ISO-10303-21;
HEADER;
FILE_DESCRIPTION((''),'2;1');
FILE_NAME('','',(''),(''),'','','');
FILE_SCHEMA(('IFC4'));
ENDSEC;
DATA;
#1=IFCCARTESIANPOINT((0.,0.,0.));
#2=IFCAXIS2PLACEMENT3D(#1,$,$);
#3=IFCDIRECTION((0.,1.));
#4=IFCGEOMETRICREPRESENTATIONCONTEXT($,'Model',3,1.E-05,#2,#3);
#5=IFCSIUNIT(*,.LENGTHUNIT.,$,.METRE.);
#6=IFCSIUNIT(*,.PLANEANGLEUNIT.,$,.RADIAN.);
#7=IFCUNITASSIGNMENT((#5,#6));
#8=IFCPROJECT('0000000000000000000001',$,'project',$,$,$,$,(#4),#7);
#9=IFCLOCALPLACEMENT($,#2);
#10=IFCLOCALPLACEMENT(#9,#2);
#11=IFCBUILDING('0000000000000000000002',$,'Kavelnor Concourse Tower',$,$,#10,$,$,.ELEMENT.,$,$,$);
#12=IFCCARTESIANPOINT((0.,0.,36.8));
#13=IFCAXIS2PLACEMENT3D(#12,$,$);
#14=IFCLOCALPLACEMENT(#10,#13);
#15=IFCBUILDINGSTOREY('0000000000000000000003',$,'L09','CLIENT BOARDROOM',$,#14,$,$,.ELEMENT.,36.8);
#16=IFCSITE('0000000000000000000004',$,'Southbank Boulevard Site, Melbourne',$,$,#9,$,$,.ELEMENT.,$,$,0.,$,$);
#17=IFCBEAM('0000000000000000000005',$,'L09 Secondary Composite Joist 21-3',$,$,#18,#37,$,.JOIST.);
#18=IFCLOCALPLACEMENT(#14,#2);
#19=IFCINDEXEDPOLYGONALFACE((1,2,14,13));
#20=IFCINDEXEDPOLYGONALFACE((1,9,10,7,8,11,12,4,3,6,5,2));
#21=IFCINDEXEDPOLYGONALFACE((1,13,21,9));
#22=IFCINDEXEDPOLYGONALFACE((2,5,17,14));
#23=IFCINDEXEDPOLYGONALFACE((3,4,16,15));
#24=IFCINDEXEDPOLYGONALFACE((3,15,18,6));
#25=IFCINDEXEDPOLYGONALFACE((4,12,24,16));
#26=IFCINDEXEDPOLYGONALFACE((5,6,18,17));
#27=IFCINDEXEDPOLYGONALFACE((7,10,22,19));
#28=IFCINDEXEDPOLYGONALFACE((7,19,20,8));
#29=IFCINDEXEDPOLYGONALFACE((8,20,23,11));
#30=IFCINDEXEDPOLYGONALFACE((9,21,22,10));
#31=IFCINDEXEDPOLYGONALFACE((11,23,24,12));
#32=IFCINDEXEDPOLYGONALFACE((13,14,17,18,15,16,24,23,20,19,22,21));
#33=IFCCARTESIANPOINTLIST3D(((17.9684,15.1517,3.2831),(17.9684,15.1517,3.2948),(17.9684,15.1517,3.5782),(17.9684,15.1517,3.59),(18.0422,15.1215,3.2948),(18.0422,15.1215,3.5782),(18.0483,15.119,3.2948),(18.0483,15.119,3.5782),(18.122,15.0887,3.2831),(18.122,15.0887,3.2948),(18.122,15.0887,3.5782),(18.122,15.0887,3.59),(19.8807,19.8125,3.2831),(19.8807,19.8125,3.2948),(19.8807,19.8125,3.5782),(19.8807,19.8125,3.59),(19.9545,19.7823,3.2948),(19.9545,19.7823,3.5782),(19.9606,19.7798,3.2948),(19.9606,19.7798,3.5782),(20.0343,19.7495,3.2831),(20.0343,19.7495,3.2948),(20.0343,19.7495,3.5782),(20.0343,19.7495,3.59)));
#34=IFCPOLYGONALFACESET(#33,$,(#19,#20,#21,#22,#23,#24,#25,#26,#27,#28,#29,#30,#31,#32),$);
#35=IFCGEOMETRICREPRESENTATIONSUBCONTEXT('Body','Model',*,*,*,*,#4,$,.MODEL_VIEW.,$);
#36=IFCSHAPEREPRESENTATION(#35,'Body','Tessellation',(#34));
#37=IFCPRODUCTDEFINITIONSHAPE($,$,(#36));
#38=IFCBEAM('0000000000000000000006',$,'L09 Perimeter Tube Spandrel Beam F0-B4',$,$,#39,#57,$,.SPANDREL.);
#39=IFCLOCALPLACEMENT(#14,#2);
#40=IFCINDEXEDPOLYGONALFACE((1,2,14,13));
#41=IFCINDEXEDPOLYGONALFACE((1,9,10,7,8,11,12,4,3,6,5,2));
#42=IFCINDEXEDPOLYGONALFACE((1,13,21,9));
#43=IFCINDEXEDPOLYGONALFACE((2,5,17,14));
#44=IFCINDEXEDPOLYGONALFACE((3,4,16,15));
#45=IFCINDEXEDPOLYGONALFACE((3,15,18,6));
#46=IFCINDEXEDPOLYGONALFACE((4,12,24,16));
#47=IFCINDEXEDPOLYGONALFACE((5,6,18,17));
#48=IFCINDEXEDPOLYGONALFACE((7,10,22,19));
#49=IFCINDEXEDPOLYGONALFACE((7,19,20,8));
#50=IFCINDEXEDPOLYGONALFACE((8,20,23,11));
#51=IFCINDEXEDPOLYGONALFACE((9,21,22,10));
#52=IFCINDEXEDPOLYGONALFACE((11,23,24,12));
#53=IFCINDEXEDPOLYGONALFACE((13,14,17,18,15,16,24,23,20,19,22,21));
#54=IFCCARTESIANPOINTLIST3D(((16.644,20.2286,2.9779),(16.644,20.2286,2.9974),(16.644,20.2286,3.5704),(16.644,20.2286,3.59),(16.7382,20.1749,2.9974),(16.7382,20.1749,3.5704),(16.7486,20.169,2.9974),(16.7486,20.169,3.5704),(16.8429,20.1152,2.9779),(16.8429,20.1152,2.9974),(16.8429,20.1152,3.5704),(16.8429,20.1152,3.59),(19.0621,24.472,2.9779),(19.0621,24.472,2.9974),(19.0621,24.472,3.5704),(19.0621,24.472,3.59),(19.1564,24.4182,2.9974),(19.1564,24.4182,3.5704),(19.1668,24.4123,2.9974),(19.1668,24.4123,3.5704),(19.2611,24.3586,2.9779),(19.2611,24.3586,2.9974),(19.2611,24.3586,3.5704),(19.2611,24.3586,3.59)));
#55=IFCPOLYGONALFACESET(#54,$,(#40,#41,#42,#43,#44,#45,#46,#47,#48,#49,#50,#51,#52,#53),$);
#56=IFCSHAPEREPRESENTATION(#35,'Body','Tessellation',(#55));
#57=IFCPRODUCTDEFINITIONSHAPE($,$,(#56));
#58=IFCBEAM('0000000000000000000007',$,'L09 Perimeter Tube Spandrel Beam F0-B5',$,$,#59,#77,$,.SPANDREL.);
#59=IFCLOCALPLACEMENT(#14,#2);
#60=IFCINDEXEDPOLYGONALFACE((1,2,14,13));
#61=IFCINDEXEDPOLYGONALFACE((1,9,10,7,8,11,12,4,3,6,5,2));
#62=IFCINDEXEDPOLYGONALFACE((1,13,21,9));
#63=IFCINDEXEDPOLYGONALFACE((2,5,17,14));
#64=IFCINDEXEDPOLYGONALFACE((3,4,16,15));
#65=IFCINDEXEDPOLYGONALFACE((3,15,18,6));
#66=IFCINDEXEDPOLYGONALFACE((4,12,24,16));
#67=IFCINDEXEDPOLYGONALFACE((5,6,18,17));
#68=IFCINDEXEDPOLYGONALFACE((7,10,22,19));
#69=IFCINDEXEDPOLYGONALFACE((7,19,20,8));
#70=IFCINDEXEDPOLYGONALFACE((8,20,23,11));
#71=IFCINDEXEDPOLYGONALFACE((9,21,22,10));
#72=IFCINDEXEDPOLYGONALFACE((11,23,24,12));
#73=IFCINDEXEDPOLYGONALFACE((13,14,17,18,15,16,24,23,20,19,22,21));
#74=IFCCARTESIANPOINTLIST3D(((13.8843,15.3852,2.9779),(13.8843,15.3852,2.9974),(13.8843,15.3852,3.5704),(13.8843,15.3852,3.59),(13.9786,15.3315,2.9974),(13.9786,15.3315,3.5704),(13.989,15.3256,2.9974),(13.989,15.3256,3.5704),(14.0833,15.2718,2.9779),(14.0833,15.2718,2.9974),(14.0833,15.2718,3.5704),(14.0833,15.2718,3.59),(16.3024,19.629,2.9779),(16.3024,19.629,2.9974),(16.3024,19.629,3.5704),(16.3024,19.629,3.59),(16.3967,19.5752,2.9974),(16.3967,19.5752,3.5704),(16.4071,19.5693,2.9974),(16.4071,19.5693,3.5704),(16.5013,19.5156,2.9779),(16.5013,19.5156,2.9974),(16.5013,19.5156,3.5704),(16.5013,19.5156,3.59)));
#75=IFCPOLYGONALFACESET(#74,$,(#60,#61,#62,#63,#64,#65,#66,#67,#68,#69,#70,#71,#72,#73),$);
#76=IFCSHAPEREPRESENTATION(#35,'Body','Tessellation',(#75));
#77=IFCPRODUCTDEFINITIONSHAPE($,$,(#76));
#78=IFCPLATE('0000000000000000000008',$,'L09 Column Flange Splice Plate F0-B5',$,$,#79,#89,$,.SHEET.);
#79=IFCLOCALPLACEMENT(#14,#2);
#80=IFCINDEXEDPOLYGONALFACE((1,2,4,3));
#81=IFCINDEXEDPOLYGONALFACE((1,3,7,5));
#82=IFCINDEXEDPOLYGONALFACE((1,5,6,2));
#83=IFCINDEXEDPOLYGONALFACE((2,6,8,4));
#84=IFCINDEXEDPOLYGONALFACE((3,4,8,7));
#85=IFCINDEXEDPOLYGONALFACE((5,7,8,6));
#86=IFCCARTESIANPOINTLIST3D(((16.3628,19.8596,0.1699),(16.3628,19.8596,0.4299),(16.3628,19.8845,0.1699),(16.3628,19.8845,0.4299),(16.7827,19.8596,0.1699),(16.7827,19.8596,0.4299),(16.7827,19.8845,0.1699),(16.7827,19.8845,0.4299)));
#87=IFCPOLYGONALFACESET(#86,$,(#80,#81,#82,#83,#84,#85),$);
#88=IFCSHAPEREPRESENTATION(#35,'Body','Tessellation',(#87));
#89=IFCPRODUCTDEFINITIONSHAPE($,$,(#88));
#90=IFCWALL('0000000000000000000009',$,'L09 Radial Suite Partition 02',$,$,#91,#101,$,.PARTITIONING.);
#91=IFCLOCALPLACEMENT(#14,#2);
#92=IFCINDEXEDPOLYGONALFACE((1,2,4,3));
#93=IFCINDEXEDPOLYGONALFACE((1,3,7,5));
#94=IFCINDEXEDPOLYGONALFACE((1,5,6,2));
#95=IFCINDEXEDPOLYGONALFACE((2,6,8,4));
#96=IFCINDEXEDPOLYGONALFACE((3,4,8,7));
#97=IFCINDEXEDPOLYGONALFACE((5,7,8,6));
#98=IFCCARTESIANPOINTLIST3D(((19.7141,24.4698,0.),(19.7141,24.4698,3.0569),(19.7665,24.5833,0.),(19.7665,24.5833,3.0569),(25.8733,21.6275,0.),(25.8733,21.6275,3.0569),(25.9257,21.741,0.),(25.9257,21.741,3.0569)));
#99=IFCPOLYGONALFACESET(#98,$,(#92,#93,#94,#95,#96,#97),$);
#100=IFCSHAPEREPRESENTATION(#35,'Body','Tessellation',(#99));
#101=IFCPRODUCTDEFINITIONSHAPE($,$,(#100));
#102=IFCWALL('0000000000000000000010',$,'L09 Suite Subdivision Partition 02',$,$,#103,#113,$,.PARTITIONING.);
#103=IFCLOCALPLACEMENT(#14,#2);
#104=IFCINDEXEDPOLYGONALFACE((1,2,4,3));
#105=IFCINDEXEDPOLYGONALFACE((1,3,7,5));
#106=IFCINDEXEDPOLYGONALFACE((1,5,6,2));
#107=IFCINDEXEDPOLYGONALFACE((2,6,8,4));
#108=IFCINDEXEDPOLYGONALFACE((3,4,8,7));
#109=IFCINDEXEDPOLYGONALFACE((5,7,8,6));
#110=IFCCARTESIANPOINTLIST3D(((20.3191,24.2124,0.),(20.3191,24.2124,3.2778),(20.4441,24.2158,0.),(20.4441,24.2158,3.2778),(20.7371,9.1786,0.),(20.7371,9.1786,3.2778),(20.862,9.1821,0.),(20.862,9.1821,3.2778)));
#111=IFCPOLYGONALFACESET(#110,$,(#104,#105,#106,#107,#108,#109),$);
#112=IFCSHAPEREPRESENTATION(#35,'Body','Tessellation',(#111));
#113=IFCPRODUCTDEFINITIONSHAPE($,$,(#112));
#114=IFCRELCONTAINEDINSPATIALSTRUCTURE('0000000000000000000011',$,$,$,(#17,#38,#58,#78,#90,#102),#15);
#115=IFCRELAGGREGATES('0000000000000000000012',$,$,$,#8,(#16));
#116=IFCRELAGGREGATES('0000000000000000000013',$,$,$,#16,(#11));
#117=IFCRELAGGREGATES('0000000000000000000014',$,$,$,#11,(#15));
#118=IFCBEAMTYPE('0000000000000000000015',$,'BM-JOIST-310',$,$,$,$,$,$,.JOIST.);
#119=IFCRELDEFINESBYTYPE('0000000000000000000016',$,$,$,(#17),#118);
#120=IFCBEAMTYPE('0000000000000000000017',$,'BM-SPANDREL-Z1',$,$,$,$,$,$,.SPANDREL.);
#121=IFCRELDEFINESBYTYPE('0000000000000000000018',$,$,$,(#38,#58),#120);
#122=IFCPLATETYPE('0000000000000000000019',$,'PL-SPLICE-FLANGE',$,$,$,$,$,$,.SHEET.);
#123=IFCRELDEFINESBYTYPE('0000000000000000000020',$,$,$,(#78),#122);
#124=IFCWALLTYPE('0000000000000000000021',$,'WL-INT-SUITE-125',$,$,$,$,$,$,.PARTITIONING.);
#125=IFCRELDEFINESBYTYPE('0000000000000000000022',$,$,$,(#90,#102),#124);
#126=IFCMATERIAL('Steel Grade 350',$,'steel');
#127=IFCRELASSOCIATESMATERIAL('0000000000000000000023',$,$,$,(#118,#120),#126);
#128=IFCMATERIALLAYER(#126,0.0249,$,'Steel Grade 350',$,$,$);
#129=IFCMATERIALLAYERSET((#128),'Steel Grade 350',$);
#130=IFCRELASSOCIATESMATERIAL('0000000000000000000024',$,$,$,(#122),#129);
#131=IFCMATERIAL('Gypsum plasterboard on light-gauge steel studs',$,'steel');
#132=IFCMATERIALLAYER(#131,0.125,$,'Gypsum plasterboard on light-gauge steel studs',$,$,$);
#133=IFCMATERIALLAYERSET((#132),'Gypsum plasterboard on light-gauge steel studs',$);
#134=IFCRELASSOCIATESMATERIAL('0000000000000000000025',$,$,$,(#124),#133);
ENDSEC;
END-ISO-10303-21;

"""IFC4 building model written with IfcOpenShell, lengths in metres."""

from ifc_helpers import new_model, si_unit, direction, frame, frame_2d, origin, origin_2d, place, context, subcontext, project, spatial, rectangle, i_section, extrude, material, layer, layer_set, material_profile, profile_set, type_object, element, save


model = new_model("IFC4")

# Units and contexts
model_context = context("Model", 3, precision=1e-05, world=origin(), true_north=direction((0.0, 1.0)))
body_context = subcontext(model_context, "Body", "Model", "MODEL_VIEW")
ifc_project = project(units=[si_unit("LENGTHUNIT", "METRE"), si_unit("PLANEANGLEUNIT", "RADIAN")], contexts=[model_context])

# Site, building, storey
site_placement = place(None, origin())
site = spatial("IfcSite", under=ifc_project, at=site_placement, Name="Southbank Boulevard Site, Melbourne", CompositionType="ELEMENT", RefElevation=0.0)
building_placement = place(site_placement, origin())
building = spatial("IfcBuilding", under=site, at=building_placement, Name="Kavelnor Concourse Tower", CompositionType="ELEMENT")
storey_placement = place(building_placement, frame((0.0, 0.0, 36.8)))
storey = spatial("IfcBuildingStorey", under=building, at=storey_placement, Name="L09", Description="CLIENT BOARDROOM", CompositionType="ELEMENT", Elevation=36.8)

# Shared definitions
ifc_material_1 = material(Name="Steel Grade 350", Category="steel")

# Beams
ifc_material_profile_1 = material_profile(ifc_material_1, i_section(OverallWidth=0.166, OverallDepth=0.3069, WebThickness=0.0066, FlangeThickness=0.0117, at=origin_2d()), Name="310UB46")
ifc_profile_set_1 = profile_set([ifc_material_profile_1], Name="Steel Grade 350")
beam_type_1 = type_object("IfcBeamType", Name="BM-JOIST-310", PredefinedType="JOIST", material=ifc_profile_set_1)
beam_1_placement = place(storey_placement, frame((19.9575, 19.781, 3.4365), z_axis=(-0.379589, -0.925155, 0.0), x_axis=(0.925155, -0.379589, 0.0)))
element("IfcBeam", 1, at=beam_1_placement, inside=storey, type_object=beam_type_1, Name="L09 Secondary Composite Joist 21-3", PredefinedType="JOIST", context=body_context, shape_type="SweptSolid", body=[
    extrude(i_section(OverallWidth=0.166, OverallDepth=0.3069, WebThickness=0.0066, FlangeThickness=0.0117, at=origin_2d()), origin(), (0.0, 0.0, 1.0), 5.0378),
])
ifc_material_profile_2 = material_profile(ifc_material_1, i_section(OverallWidth=0.229, OverallDepth=0.6121, WebThickness=0.012, FlangeThickness=0.0195, at=origin_2d()), Name="610UB125")
ifc_profile_set_2 = profile_set([ifc_material_profile_2], Name="Steel Grade 350")
beam_type_2 = type_object("IfcBeamType", Name="BM-SPANDREL-Z1", PredefinedType="SPANDREL", material=ifc_profile_set_2)
beam_2_placement = place(storey_placement, frame((19.1616, 24.4153, 3.2839), z_axis=(-0.495121, -0.868824, 0.0), x_axis=(0.868824, -0.495121, 0.0)))
element("IfcBeam", 2, at=beam_2_placement, inside=storey, type_object=beam_type_2, Name="L09 Perimeter Tube Spandrel Beam F0-B4", PredefinedType="SPANDREL", context=body_context, shape_type="SweptSolid", body=[
    extrude(i_section(OverallWidth=0.229, OverallDepth=0.6121, WebThickness=0.012, FlangeThickness=0.0195, at=origin_2d()), origin(), (0.0, 0.0, 1.0), 4.884),
])
beam_3_placement = place(storey_placement, frame((16.4019, 19.5723, 3.2839), z_axis=(-0.495062, -0.868858, 0.0), x_axis=(0.868858, -0.495062, 0.0)))
element("IfcBeam", 3, at=beam_3_placement, inside=storey, type_object=beam_type_2, Name="L09 Perimeter Tube Spandrel Beam F0-B5", PredefinedType="SPANDREL", context=body_context, shape_type="SweptSolid", body=[
    extrude(i_section(OverallWidth=0.229, OverallDepth=0.6121, WebThickness=0.012, FlangeThickness=0.0195, at=origin_2d()), origin(), (0.0, 0.0, 1.0), 4.8843),
])

# Plate
ifc_layer_1 = layer(ifc_material_1, 0.0249, Name="Steel Grade 350")
ifc_layer_set_1 = layer_set([ifc_layer_1], Name="Steel Grade 350")
plate_type = type_object("IfcPlateType", Name="PL-SPLICE-FLANGE", PredefinedType="SHEET", material=ifc_layer_set_1)
plate_placement = place(storey_placement, frame((16.5728, 19.8721, 0.1699), z_axis=(0.0, 0.0, 1.0), x_axis=(1.0, 0.0, 0.0)))
element("IfcPlate", 4, at=plate_placement, inside=storey, type_object=plate_type, Name="L09 Column Flange Splice Plate F0-B5", PredefinedType="SHEET", context=body_context, shape_type="SweptSolid", body=[
    extrude(rectangle(XDim=0.4199, YDim=0.0249, at=origin_2d()), origin(), (0.0, 0.0, 1.0), 0.26),
])

# Walls
ifc_material_2 = material(Name="Gypsum plasterboard on light-gauge steel studs", Category="steel")
ifc_layer_2 = layer(ifc_material_2, 0.125, Name="Gypsum plasterboard on light-gauge steel studs")
ifc_layer_set_2 = layer_set([ifc_layer_2], Name="Gypsum plasterboard on light-gauge steel studs")
wall_type = type_object("IfcWallType", Name="WL-INT-SUITE-125", PredefinedType="PARTITIONING", material=ifc_layer_set_2)
wall_1_placement = place(storey_placement, frame((25.8994, 21.6843, 0.0), z_axis=(0.0, 0.0, 1.0), x_axis=(-0.907983, 0.419008, 0.0)))
element("IfcWall", 5, at=wall_1_placement, inside=storey, type_object=wall_type, Name="L09 Radial Suite Partition 02", PredefinedType="PARTITIONING", context=body_context, shape_type="SweptSolid", body=[
    extrude(rectangle(XDim=6.7834, YDim=0.125, at=frame_2d((3.3916, 0.0))), origin(), (0.0, 0.0, 1.0), 3.0569),
])
wall_2_placement = place(storey_placement, frame((20.3816, 24.2141, 0.0), z_axis=(0.0, 0.0, 1.0), x_axis=(0.027791, -0.999614, 0.0)))
element("IfcWall", 6, at=wall_2_placement, inside=storey, type_object=wall_type, Name="L09 Suite Subdivision Partition 02", PredefinedType="PARTITIONING", context=body_context, shape_type="SweptSolid", body=[
    extrude(rectangle(XDim=15.0396, YDim=0.125, at=frame_2d((7.5198, 0.0))), origin(), (0.0, 0.0, 1.0), 3.2778),
])

save(model, "model.ifc")
